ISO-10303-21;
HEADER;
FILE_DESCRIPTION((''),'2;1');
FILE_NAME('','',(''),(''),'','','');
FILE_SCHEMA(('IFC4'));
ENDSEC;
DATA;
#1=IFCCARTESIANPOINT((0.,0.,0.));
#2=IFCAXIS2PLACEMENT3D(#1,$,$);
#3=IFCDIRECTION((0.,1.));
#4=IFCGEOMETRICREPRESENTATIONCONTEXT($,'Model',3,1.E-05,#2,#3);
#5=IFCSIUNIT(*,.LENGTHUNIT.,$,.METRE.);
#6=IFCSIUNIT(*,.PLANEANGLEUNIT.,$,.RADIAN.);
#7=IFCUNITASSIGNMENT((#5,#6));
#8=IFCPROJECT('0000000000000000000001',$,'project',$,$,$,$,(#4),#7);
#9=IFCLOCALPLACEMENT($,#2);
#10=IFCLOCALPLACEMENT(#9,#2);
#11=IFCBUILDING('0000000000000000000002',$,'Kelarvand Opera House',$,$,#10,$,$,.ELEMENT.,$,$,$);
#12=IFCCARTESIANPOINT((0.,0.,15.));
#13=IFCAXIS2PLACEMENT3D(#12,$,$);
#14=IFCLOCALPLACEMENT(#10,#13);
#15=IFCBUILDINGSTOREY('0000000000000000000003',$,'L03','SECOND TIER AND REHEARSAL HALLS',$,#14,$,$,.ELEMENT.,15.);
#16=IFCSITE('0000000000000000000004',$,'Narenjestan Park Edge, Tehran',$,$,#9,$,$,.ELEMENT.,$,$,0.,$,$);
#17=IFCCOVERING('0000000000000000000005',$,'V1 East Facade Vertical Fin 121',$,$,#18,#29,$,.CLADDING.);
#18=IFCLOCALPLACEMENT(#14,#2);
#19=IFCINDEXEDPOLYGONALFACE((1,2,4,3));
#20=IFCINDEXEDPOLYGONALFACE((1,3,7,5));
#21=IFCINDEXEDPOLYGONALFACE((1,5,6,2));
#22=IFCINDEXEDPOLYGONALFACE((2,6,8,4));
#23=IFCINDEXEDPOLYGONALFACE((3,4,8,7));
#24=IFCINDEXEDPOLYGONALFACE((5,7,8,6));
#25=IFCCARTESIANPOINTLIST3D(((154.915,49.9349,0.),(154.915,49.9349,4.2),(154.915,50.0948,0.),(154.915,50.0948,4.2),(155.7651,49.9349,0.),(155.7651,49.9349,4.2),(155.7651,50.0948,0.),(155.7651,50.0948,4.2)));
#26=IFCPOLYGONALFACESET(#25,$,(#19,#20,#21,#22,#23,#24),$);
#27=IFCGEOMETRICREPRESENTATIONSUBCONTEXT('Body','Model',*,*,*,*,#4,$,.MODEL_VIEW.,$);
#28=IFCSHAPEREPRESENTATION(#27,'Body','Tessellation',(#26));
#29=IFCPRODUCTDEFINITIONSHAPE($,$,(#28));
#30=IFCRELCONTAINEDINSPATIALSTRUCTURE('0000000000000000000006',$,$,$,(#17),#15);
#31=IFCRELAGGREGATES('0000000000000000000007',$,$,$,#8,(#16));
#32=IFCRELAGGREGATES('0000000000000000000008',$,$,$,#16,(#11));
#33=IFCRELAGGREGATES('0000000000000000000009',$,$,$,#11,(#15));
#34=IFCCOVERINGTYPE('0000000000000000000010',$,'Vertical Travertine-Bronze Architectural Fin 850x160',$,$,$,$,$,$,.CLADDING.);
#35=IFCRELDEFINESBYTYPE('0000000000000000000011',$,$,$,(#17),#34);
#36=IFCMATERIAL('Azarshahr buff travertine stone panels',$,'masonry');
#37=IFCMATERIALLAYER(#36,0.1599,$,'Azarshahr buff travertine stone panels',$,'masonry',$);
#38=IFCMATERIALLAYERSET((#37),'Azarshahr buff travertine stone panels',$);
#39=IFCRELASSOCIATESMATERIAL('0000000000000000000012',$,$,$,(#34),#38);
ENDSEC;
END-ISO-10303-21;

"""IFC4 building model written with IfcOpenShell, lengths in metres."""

from ifc_helpers import new_model, si_unit, direction, frame, origin, origin_2d, place, context, subcontext, project, spatial, rectangle, extrude, material, layer, layer_set, type_object, element, save


model = new_model("IFC4")

# Units and contexts
model_context = context("Model", 3, precision=1e-05, world=origin(), true_north=direction((0.0, 1.0)))
body_context = subcontext(model_context, "Body", "Model", "MODEL_VIEW")
ifc_project = project(units=[si_unit("LENGTHUNIT", "METRE"), si_unit("PLANEANGLEUNIT", "RADIAN")], contexts=[model_context])

# Site, building, storey
site_placement = place(None, origin())
site = spatial("IfcSite", under=ifc_project, at=site_placement, Name="Narenjestan Park Edge, Tehran", CompositionType="ELEMENT", RefElevation=0.0)
building_placement = place(site_placement, origin())
building = spatial("IfcBuilding", under=site, at=building_placement, Name="Kelarvand Opera House", CompositionType="ELEMENT")
storey_placement = place(building_placement, frame((0.0, 0.0, 15.0)))
storey = spatial("IfcBuildingStorey", under=building, at=storey_placement, Name="L03", Description="SECOND TIER AND REHEARSAL HALLS", CompositionType="ELEMENT", Elevation=15.0)

# Covering
ifc_material_1 = material(Name="Azarshahr buff travertine stone panels", Category="masonry")
ifc_layer_1 = layer(ifc_material_1, 0.1599, Name="Azarshahr buff travertine stone panels", Category="masonry")
ifc_layer_set_1 = layer_set([ifc_layer_1], Name="Azarshahr buff travertine stone panels")
covering_type = type_object("IfcCoveringType", Name="Vertical Travertine-Bronze Architectural Fin 850x160", PredefinedType="CLADDING", material=ifc_layer_set_1)
for number, where, z_axis, x_axis, name in (
    (1, (155.3401, 50.0149, 0.0), (0.0, 0.0, 1.0), (1.0, 0.0, 0.0), "V1 East Facade Vertical Fin 121"),
):
    element("IfcCovering", number, at=place(storey_placement, frame(where, z_axis=z_axis, x_axis=x_axis)), inside=storey, type_object=covering_type, Name=name, PredefinedType="CLADDING", context=body_context, shape_type="SweptSolid", body=[
        extrude(rectangle(XDim=0.8501, YDim=0.1599, at=origin_2d()), origin(), (0.0, 0.0, 1.0), 4.2),
    ])

save(model, "model.ifc")
